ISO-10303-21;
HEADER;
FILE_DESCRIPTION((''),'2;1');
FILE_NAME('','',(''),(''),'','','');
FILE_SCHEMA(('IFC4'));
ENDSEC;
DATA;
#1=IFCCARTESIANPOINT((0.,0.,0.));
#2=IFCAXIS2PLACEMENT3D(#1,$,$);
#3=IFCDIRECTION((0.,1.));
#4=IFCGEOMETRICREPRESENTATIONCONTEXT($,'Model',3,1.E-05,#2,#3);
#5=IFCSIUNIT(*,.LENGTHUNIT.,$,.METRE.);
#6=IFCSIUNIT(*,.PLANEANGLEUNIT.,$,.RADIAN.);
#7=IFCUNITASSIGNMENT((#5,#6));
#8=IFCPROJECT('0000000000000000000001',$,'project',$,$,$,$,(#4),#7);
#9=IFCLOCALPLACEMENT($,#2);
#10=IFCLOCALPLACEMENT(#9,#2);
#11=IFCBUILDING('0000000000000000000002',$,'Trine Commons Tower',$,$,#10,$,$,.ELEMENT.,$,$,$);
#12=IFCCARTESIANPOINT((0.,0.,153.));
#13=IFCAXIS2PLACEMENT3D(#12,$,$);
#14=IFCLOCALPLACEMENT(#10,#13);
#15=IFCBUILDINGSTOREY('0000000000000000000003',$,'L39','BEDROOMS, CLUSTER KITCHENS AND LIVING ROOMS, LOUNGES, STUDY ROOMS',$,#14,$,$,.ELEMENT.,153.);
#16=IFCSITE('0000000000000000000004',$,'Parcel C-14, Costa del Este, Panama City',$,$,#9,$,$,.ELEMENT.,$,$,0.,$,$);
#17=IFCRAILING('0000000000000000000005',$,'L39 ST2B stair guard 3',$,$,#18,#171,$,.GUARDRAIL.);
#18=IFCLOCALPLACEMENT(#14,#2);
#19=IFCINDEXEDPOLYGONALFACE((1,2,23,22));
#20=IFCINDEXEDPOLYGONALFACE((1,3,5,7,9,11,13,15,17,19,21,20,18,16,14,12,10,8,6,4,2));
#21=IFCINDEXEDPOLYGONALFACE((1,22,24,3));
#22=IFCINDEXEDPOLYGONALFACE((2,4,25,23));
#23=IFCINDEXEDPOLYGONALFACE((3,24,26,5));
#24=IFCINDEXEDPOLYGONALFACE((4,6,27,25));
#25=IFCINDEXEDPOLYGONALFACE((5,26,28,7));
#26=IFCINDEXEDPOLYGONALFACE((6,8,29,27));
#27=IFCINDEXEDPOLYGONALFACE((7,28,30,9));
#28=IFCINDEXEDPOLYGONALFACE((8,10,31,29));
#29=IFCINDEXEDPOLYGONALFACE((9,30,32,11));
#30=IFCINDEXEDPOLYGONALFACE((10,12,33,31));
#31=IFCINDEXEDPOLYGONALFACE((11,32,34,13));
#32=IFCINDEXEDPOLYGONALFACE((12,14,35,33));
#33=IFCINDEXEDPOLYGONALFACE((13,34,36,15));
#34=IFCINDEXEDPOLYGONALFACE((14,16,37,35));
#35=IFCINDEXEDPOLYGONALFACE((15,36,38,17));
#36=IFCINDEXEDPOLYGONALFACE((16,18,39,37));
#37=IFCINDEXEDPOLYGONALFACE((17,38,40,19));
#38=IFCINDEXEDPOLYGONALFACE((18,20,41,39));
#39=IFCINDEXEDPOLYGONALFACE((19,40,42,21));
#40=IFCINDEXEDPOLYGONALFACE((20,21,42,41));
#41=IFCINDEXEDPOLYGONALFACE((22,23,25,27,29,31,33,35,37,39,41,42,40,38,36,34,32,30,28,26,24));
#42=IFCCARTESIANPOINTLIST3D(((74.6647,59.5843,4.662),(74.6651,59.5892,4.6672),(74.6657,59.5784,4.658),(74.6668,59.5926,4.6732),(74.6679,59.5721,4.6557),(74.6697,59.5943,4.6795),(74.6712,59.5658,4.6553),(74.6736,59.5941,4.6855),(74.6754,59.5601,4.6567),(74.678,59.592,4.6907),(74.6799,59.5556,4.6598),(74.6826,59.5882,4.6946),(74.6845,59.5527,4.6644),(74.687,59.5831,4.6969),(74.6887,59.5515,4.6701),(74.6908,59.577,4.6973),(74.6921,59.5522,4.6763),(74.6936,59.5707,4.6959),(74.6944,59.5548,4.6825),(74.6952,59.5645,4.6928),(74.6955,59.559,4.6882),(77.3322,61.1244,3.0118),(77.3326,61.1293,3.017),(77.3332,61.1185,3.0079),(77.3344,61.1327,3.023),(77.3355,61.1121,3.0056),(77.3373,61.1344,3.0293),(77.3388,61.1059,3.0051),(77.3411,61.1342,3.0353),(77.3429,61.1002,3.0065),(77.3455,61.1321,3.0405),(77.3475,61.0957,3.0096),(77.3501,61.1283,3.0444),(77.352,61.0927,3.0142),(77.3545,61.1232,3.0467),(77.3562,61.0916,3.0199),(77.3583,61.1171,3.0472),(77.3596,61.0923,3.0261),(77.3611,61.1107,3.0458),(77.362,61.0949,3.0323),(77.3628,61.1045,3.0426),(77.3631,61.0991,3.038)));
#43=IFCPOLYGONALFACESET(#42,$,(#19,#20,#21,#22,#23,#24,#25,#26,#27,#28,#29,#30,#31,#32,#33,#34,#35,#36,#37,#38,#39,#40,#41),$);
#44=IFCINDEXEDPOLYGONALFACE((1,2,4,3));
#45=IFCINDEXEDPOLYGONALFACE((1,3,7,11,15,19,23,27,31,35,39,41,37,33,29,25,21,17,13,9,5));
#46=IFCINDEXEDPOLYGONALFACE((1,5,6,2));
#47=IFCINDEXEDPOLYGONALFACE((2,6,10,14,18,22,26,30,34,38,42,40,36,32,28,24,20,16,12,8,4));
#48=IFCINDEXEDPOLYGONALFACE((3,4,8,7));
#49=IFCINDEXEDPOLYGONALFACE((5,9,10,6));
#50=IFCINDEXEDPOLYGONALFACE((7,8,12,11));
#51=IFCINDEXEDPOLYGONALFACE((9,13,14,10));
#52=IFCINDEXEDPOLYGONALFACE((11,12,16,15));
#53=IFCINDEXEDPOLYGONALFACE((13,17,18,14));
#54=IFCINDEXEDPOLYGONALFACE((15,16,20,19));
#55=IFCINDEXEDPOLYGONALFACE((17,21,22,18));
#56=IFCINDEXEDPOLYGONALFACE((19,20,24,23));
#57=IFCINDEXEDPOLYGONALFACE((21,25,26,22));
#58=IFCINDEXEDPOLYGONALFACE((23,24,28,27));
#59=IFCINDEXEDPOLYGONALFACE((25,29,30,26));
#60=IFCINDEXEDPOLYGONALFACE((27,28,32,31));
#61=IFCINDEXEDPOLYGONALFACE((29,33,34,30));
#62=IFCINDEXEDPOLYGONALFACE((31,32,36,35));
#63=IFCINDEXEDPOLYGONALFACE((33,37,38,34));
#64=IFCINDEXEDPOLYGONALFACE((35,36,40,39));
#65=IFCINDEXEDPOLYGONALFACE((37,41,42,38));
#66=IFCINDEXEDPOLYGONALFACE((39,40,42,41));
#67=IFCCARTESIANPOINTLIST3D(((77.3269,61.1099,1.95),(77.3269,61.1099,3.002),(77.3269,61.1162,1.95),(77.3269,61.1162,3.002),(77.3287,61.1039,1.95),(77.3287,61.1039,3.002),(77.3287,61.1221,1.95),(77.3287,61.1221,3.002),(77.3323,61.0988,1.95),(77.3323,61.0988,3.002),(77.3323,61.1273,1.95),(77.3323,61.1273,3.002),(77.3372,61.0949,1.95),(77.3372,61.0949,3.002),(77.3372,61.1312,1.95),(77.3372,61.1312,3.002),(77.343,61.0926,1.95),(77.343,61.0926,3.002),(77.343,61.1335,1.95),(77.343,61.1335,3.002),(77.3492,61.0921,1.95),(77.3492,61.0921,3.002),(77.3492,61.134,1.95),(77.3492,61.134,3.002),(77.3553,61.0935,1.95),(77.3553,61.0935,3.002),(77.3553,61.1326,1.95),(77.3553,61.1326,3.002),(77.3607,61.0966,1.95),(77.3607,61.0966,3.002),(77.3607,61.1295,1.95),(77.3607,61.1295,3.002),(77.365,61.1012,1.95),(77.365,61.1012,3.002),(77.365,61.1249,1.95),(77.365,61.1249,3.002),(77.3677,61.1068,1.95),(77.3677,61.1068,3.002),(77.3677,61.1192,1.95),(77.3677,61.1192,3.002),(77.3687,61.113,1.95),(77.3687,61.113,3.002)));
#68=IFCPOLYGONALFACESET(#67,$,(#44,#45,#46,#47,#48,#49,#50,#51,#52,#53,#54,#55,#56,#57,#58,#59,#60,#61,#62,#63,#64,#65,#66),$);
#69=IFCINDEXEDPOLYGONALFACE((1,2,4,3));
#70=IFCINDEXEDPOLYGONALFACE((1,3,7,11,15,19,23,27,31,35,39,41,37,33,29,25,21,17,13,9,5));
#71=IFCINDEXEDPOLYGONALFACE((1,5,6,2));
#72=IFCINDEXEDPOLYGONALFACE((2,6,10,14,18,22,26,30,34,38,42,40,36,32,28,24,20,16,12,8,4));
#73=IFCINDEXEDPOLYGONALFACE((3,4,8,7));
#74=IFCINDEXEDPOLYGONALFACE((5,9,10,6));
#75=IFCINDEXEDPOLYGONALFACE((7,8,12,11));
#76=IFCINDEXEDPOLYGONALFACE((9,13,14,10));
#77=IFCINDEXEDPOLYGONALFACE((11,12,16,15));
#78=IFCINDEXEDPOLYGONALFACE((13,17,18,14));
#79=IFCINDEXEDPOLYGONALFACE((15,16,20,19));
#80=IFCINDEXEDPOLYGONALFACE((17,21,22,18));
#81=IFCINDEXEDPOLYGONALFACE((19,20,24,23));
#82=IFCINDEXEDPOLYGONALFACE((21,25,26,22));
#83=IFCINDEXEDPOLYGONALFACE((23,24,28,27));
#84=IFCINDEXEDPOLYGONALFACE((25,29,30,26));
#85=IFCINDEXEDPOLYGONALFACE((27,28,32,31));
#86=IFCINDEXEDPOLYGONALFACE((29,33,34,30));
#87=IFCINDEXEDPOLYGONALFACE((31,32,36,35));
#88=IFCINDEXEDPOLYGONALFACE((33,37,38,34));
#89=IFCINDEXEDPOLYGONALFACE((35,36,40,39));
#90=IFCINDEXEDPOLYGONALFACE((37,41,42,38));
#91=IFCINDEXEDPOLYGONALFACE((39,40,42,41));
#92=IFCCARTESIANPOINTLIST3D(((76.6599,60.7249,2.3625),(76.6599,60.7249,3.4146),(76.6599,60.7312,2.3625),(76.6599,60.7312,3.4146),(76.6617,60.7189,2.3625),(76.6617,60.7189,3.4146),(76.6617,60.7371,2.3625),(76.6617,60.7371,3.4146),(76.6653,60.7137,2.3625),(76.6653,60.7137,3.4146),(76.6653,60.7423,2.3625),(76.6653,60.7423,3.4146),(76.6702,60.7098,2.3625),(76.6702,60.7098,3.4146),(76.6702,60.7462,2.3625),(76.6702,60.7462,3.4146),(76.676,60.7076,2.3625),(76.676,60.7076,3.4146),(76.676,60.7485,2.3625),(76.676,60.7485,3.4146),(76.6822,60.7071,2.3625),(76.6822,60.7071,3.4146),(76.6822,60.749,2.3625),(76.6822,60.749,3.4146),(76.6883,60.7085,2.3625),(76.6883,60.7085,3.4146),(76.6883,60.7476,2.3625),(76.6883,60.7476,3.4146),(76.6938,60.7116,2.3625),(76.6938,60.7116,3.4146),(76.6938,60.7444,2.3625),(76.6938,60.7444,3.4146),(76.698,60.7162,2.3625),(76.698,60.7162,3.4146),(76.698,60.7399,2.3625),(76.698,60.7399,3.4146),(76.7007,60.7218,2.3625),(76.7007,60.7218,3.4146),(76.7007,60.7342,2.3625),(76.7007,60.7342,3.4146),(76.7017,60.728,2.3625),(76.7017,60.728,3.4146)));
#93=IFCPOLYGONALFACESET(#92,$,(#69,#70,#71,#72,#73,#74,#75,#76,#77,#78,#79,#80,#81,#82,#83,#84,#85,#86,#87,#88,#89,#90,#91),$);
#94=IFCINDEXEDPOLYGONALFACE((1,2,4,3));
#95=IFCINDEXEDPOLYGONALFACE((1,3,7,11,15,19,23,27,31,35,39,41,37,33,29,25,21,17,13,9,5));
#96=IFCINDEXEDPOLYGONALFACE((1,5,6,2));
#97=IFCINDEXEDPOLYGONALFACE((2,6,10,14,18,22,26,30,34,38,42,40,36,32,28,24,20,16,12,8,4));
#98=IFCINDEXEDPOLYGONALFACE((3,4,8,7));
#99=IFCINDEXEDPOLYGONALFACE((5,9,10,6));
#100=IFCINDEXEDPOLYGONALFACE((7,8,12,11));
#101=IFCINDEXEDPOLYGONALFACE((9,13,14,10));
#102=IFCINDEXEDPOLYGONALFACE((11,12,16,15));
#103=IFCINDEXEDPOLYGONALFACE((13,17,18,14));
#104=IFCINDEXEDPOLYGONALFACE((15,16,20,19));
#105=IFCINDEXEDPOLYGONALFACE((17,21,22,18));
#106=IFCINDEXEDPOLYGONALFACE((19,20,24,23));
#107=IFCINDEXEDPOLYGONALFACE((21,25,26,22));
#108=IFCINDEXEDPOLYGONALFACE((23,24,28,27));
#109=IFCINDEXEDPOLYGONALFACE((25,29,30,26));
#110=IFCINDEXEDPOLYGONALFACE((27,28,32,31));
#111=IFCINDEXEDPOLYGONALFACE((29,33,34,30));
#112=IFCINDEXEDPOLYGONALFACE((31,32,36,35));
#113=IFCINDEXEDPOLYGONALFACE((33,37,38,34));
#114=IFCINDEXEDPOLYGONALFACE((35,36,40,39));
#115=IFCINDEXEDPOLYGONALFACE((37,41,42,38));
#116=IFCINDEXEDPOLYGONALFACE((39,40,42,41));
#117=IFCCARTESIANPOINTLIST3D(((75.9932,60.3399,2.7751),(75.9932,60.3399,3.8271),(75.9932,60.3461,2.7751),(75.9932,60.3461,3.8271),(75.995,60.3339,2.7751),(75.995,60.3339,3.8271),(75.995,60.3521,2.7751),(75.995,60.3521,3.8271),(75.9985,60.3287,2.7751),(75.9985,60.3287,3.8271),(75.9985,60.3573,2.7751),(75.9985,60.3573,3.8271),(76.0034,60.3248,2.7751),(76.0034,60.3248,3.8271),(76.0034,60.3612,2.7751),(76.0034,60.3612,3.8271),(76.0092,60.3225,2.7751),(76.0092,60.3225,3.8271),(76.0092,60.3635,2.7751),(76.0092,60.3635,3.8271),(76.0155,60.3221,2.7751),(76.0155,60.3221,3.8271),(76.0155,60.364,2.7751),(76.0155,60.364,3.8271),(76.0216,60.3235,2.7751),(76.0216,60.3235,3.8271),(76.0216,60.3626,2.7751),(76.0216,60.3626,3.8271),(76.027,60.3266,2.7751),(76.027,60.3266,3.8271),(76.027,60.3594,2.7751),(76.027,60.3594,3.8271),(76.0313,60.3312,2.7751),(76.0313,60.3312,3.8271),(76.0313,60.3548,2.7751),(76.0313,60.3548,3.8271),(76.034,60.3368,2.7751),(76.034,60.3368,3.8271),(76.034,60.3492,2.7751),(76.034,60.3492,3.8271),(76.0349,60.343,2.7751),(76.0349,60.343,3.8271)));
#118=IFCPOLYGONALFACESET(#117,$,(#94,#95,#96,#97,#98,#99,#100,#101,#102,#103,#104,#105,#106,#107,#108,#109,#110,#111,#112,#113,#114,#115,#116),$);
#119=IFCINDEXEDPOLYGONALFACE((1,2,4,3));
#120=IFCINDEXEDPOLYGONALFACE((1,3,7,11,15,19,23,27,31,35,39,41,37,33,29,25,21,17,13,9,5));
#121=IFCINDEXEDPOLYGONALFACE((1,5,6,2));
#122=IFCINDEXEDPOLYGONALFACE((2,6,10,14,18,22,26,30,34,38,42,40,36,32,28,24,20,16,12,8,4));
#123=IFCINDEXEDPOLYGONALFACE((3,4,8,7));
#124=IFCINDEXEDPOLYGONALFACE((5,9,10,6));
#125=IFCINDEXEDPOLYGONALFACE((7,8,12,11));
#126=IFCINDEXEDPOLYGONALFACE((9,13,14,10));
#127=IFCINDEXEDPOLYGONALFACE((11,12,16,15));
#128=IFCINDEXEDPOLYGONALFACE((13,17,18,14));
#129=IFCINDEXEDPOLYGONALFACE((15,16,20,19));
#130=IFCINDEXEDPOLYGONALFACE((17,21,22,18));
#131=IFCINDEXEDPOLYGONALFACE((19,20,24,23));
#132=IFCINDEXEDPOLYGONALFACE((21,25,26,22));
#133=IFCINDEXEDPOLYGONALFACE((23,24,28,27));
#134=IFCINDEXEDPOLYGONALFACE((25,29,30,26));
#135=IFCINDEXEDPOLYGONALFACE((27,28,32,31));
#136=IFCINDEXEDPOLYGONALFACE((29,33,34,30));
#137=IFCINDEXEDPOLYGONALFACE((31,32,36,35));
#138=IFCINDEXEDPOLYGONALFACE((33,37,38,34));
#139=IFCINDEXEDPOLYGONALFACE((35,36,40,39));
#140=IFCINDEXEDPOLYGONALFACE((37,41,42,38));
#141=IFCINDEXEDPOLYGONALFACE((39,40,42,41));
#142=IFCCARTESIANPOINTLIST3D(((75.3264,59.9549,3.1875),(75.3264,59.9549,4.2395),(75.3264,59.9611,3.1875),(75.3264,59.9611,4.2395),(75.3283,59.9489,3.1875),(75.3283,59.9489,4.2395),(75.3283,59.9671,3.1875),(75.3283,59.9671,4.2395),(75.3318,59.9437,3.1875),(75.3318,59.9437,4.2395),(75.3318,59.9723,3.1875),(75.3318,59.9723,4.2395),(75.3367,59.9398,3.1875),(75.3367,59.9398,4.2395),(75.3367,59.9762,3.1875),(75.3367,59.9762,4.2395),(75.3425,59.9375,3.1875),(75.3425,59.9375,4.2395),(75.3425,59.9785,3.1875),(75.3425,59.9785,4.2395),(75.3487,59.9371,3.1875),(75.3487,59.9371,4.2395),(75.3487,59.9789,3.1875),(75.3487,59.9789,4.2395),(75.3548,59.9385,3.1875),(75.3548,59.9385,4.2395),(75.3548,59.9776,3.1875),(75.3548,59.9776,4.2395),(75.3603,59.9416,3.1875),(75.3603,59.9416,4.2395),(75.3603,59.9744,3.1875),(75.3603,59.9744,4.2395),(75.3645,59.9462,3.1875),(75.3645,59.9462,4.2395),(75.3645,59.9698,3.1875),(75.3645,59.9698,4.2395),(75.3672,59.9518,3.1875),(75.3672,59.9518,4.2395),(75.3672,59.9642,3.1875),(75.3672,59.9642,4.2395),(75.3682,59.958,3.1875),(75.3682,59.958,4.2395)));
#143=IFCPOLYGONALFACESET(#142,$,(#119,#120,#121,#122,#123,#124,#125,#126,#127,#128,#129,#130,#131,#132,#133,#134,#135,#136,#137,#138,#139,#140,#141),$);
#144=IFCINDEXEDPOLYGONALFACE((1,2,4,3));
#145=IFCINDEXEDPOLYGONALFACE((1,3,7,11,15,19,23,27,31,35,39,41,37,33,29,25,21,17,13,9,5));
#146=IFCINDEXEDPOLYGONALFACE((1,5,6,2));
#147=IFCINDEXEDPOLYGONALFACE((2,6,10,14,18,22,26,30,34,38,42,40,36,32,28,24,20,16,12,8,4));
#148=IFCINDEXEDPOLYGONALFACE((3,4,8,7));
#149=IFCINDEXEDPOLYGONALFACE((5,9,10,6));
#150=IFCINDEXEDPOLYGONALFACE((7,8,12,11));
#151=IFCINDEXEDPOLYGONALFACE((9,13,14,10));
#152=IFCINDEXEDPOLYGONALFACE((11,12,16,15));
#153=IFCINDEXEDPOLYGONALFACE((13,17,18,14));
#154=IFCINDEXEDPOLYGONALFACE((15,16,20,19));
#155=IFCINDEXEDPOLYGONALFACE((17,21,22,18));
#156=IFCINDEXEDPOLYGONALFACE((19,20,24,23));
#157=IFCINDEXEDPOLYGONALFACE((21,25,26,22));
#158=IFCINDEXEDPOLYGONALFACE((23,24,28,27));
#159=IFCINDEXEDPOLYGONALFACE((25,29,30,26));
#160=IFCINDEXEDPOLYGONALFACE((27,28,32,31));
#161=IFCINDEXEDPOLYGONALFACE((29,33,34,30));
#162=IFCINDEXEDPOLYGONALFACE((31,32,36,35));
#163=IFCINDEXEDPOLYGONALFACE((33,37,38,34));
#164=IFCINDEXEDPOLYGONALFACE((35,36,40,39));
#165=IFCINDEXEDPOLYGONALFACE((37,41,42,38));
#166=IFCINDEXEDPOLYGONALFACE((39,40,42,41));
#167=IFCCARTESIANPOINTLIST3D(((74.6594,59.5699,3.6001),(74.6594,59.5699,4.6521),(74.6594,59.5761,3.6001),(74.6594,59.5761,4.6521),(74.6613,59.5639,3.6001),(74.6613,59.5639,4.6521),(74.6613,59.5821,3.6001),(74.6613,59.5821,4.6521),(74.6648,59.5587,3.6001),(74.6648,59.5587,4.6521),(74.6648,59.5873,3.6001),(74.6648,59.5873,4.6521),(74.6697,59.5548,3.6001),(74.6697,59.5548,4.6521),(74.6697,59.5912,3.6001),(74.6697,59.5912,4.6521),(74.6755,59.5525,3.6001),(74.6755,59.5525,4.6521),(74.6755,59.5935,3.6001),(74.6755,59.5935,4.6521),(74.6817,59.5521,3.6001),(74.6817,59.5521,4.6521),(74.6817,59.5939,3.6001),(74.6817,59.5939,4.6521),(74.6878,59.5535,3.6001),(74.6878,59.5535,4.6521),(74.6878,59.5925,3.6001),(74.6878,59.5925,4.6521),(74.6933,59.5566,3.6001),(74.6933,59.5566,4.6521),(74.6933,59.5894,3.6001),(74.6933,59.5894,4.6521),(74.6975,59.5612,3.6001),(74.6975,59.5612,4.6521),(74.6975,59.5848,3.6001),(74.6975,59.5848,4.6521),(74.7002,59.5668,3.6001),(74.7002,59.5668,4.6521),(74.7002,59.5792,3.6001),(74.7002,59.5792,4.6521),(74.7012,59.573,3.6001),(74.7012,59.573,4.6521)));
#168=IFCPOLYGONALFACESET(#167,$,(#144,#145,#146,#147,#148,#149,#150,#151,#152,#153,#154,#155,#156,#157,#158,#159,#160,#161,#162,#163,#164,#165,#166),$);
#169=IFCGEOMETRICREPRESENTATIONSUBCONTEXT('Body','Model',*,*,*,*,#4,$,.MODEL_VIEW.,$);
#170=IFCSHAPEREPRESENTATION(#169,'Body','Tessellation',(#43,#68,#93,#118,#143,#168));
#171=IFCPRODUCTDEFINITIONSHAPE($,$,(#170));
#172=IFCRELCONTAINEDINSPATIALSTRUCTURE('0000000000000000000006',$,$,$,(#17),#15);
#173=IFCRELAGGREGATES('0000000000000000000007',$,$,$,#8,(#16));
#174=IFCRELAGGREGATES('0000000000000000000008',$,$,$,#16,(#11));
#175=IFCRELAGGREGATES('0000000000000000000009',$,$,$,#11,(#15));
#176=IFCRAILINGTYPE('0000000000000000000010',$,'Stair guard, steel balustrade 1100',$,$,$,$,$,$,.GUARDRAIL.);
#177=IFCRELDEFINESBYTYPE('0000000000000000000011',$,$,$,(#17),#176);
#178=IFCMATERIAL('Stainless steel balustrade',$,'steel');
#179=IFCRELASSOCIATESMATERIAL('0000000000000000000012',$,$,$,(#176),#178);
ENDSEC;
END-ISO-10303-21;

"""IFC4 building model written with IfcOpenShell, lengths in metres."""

from ifc_helpers import new_model, si_unit, direction, frame, origin, origin_2d, place, context, subcontext, project, spatial, circle, extrude, material, type_object, element, save


model = new_model("IFC4")

# Units and contexts
model_context = context("Model", 3, precision=1e-05, world=origin(), true_north=direction((0.0, 1.0)))
body_context = subcontext(model_context, "Body", "Model", "MODEL_VIEW")
ifc_project = project(units=[si_unit("LENGTHUNIT", "METRE"), si_unit("PLANEANGLEUNIT", "RADIAN")], contexts=[model_context])

# Site, building, storey
site_placement = place(None, origin())
site = spatial("IfcSite", under=ifc_project, at=site_placement, Name="Parcel C-14, Costa del Este, Panama City", CompositionType="ELEMENT", RefElevation=0.0)
building_placement = place(site_placement, origin())
building = spatial("IfcBuilding", under=site, at=building_placement, Name="Trine Commons Tower", CompositionType="ELEMENT")
storey_placement = place(building_placement, frame((0.0, 0.0, 153.0)))
storey = spatial("IfcBuildingStorey", under=building, at=storey_placement, Name="L39", Description="BEDROOMS, CLUSTER KITCHENS AND LIVING ROOMS, LOUNGES, STUDY ROOMS", CompositionType="ELEMENT", Elevation=153.0)

# Railing
ifc_material_1 = material(Name="Stainless steel balustrade", Category="steel")
railing_type_1 = type_object("IfcRailingType", Name="Stair guard, steel balustrade 1100", PredefinedType="GUARDRAIL", material=ifc_material_1)
railing_1_placement = place(storey_placement, frame((77.3477, 61.113, 1.95)))
element("IfcRailing", 1, at=railing_1_placement, inside=storey, type_object=railing_type_1, Name="L39 ST2B stair guard 3", PredefinedType="GUARDRAIL", context=body_context, shape_type="SweptSolid", body=[
    extrude(circle(Radius=0.0239, at=origin_2d()), frame((0.0, 0.0, 1.0762), z_axis=(-0.76338, -0.440728, 0.472239), x_axis=(0.499992, -0.86603, 0.0)), (0.0, 0.0, 1.0), 3.4944),
    extrude(circle(Radius=0.021, at=origin_2d()), origin(), (0.0, 0.0, 1.0), 1.052),
    extrude(circle(Radius=0.021, at=origin_2d()), frame((-0.667, -0.385, 0.4126)), (0.0, 0.0, 1.0), 1.052),
    extrude(circle(Radius=0.021, at=origin_2d()), frame((-1.3337, -0.77, 0.8252)), (0.0, 0.0, 1.0), 1.052),
    extrude(circle(Radius=0.021, at=origin_2d()), frame((-2.0005, -1.155, 1.2375)), (0.0, 0.0, 1.0), 1.052),
    extrude(circle(Radius=0.021, at=origin_2d()), frame((-2.6675, -1.54, 1.6501)), (0.0, 0.0, 1.0), 1.052),
])

save(model, "model.ifc")
